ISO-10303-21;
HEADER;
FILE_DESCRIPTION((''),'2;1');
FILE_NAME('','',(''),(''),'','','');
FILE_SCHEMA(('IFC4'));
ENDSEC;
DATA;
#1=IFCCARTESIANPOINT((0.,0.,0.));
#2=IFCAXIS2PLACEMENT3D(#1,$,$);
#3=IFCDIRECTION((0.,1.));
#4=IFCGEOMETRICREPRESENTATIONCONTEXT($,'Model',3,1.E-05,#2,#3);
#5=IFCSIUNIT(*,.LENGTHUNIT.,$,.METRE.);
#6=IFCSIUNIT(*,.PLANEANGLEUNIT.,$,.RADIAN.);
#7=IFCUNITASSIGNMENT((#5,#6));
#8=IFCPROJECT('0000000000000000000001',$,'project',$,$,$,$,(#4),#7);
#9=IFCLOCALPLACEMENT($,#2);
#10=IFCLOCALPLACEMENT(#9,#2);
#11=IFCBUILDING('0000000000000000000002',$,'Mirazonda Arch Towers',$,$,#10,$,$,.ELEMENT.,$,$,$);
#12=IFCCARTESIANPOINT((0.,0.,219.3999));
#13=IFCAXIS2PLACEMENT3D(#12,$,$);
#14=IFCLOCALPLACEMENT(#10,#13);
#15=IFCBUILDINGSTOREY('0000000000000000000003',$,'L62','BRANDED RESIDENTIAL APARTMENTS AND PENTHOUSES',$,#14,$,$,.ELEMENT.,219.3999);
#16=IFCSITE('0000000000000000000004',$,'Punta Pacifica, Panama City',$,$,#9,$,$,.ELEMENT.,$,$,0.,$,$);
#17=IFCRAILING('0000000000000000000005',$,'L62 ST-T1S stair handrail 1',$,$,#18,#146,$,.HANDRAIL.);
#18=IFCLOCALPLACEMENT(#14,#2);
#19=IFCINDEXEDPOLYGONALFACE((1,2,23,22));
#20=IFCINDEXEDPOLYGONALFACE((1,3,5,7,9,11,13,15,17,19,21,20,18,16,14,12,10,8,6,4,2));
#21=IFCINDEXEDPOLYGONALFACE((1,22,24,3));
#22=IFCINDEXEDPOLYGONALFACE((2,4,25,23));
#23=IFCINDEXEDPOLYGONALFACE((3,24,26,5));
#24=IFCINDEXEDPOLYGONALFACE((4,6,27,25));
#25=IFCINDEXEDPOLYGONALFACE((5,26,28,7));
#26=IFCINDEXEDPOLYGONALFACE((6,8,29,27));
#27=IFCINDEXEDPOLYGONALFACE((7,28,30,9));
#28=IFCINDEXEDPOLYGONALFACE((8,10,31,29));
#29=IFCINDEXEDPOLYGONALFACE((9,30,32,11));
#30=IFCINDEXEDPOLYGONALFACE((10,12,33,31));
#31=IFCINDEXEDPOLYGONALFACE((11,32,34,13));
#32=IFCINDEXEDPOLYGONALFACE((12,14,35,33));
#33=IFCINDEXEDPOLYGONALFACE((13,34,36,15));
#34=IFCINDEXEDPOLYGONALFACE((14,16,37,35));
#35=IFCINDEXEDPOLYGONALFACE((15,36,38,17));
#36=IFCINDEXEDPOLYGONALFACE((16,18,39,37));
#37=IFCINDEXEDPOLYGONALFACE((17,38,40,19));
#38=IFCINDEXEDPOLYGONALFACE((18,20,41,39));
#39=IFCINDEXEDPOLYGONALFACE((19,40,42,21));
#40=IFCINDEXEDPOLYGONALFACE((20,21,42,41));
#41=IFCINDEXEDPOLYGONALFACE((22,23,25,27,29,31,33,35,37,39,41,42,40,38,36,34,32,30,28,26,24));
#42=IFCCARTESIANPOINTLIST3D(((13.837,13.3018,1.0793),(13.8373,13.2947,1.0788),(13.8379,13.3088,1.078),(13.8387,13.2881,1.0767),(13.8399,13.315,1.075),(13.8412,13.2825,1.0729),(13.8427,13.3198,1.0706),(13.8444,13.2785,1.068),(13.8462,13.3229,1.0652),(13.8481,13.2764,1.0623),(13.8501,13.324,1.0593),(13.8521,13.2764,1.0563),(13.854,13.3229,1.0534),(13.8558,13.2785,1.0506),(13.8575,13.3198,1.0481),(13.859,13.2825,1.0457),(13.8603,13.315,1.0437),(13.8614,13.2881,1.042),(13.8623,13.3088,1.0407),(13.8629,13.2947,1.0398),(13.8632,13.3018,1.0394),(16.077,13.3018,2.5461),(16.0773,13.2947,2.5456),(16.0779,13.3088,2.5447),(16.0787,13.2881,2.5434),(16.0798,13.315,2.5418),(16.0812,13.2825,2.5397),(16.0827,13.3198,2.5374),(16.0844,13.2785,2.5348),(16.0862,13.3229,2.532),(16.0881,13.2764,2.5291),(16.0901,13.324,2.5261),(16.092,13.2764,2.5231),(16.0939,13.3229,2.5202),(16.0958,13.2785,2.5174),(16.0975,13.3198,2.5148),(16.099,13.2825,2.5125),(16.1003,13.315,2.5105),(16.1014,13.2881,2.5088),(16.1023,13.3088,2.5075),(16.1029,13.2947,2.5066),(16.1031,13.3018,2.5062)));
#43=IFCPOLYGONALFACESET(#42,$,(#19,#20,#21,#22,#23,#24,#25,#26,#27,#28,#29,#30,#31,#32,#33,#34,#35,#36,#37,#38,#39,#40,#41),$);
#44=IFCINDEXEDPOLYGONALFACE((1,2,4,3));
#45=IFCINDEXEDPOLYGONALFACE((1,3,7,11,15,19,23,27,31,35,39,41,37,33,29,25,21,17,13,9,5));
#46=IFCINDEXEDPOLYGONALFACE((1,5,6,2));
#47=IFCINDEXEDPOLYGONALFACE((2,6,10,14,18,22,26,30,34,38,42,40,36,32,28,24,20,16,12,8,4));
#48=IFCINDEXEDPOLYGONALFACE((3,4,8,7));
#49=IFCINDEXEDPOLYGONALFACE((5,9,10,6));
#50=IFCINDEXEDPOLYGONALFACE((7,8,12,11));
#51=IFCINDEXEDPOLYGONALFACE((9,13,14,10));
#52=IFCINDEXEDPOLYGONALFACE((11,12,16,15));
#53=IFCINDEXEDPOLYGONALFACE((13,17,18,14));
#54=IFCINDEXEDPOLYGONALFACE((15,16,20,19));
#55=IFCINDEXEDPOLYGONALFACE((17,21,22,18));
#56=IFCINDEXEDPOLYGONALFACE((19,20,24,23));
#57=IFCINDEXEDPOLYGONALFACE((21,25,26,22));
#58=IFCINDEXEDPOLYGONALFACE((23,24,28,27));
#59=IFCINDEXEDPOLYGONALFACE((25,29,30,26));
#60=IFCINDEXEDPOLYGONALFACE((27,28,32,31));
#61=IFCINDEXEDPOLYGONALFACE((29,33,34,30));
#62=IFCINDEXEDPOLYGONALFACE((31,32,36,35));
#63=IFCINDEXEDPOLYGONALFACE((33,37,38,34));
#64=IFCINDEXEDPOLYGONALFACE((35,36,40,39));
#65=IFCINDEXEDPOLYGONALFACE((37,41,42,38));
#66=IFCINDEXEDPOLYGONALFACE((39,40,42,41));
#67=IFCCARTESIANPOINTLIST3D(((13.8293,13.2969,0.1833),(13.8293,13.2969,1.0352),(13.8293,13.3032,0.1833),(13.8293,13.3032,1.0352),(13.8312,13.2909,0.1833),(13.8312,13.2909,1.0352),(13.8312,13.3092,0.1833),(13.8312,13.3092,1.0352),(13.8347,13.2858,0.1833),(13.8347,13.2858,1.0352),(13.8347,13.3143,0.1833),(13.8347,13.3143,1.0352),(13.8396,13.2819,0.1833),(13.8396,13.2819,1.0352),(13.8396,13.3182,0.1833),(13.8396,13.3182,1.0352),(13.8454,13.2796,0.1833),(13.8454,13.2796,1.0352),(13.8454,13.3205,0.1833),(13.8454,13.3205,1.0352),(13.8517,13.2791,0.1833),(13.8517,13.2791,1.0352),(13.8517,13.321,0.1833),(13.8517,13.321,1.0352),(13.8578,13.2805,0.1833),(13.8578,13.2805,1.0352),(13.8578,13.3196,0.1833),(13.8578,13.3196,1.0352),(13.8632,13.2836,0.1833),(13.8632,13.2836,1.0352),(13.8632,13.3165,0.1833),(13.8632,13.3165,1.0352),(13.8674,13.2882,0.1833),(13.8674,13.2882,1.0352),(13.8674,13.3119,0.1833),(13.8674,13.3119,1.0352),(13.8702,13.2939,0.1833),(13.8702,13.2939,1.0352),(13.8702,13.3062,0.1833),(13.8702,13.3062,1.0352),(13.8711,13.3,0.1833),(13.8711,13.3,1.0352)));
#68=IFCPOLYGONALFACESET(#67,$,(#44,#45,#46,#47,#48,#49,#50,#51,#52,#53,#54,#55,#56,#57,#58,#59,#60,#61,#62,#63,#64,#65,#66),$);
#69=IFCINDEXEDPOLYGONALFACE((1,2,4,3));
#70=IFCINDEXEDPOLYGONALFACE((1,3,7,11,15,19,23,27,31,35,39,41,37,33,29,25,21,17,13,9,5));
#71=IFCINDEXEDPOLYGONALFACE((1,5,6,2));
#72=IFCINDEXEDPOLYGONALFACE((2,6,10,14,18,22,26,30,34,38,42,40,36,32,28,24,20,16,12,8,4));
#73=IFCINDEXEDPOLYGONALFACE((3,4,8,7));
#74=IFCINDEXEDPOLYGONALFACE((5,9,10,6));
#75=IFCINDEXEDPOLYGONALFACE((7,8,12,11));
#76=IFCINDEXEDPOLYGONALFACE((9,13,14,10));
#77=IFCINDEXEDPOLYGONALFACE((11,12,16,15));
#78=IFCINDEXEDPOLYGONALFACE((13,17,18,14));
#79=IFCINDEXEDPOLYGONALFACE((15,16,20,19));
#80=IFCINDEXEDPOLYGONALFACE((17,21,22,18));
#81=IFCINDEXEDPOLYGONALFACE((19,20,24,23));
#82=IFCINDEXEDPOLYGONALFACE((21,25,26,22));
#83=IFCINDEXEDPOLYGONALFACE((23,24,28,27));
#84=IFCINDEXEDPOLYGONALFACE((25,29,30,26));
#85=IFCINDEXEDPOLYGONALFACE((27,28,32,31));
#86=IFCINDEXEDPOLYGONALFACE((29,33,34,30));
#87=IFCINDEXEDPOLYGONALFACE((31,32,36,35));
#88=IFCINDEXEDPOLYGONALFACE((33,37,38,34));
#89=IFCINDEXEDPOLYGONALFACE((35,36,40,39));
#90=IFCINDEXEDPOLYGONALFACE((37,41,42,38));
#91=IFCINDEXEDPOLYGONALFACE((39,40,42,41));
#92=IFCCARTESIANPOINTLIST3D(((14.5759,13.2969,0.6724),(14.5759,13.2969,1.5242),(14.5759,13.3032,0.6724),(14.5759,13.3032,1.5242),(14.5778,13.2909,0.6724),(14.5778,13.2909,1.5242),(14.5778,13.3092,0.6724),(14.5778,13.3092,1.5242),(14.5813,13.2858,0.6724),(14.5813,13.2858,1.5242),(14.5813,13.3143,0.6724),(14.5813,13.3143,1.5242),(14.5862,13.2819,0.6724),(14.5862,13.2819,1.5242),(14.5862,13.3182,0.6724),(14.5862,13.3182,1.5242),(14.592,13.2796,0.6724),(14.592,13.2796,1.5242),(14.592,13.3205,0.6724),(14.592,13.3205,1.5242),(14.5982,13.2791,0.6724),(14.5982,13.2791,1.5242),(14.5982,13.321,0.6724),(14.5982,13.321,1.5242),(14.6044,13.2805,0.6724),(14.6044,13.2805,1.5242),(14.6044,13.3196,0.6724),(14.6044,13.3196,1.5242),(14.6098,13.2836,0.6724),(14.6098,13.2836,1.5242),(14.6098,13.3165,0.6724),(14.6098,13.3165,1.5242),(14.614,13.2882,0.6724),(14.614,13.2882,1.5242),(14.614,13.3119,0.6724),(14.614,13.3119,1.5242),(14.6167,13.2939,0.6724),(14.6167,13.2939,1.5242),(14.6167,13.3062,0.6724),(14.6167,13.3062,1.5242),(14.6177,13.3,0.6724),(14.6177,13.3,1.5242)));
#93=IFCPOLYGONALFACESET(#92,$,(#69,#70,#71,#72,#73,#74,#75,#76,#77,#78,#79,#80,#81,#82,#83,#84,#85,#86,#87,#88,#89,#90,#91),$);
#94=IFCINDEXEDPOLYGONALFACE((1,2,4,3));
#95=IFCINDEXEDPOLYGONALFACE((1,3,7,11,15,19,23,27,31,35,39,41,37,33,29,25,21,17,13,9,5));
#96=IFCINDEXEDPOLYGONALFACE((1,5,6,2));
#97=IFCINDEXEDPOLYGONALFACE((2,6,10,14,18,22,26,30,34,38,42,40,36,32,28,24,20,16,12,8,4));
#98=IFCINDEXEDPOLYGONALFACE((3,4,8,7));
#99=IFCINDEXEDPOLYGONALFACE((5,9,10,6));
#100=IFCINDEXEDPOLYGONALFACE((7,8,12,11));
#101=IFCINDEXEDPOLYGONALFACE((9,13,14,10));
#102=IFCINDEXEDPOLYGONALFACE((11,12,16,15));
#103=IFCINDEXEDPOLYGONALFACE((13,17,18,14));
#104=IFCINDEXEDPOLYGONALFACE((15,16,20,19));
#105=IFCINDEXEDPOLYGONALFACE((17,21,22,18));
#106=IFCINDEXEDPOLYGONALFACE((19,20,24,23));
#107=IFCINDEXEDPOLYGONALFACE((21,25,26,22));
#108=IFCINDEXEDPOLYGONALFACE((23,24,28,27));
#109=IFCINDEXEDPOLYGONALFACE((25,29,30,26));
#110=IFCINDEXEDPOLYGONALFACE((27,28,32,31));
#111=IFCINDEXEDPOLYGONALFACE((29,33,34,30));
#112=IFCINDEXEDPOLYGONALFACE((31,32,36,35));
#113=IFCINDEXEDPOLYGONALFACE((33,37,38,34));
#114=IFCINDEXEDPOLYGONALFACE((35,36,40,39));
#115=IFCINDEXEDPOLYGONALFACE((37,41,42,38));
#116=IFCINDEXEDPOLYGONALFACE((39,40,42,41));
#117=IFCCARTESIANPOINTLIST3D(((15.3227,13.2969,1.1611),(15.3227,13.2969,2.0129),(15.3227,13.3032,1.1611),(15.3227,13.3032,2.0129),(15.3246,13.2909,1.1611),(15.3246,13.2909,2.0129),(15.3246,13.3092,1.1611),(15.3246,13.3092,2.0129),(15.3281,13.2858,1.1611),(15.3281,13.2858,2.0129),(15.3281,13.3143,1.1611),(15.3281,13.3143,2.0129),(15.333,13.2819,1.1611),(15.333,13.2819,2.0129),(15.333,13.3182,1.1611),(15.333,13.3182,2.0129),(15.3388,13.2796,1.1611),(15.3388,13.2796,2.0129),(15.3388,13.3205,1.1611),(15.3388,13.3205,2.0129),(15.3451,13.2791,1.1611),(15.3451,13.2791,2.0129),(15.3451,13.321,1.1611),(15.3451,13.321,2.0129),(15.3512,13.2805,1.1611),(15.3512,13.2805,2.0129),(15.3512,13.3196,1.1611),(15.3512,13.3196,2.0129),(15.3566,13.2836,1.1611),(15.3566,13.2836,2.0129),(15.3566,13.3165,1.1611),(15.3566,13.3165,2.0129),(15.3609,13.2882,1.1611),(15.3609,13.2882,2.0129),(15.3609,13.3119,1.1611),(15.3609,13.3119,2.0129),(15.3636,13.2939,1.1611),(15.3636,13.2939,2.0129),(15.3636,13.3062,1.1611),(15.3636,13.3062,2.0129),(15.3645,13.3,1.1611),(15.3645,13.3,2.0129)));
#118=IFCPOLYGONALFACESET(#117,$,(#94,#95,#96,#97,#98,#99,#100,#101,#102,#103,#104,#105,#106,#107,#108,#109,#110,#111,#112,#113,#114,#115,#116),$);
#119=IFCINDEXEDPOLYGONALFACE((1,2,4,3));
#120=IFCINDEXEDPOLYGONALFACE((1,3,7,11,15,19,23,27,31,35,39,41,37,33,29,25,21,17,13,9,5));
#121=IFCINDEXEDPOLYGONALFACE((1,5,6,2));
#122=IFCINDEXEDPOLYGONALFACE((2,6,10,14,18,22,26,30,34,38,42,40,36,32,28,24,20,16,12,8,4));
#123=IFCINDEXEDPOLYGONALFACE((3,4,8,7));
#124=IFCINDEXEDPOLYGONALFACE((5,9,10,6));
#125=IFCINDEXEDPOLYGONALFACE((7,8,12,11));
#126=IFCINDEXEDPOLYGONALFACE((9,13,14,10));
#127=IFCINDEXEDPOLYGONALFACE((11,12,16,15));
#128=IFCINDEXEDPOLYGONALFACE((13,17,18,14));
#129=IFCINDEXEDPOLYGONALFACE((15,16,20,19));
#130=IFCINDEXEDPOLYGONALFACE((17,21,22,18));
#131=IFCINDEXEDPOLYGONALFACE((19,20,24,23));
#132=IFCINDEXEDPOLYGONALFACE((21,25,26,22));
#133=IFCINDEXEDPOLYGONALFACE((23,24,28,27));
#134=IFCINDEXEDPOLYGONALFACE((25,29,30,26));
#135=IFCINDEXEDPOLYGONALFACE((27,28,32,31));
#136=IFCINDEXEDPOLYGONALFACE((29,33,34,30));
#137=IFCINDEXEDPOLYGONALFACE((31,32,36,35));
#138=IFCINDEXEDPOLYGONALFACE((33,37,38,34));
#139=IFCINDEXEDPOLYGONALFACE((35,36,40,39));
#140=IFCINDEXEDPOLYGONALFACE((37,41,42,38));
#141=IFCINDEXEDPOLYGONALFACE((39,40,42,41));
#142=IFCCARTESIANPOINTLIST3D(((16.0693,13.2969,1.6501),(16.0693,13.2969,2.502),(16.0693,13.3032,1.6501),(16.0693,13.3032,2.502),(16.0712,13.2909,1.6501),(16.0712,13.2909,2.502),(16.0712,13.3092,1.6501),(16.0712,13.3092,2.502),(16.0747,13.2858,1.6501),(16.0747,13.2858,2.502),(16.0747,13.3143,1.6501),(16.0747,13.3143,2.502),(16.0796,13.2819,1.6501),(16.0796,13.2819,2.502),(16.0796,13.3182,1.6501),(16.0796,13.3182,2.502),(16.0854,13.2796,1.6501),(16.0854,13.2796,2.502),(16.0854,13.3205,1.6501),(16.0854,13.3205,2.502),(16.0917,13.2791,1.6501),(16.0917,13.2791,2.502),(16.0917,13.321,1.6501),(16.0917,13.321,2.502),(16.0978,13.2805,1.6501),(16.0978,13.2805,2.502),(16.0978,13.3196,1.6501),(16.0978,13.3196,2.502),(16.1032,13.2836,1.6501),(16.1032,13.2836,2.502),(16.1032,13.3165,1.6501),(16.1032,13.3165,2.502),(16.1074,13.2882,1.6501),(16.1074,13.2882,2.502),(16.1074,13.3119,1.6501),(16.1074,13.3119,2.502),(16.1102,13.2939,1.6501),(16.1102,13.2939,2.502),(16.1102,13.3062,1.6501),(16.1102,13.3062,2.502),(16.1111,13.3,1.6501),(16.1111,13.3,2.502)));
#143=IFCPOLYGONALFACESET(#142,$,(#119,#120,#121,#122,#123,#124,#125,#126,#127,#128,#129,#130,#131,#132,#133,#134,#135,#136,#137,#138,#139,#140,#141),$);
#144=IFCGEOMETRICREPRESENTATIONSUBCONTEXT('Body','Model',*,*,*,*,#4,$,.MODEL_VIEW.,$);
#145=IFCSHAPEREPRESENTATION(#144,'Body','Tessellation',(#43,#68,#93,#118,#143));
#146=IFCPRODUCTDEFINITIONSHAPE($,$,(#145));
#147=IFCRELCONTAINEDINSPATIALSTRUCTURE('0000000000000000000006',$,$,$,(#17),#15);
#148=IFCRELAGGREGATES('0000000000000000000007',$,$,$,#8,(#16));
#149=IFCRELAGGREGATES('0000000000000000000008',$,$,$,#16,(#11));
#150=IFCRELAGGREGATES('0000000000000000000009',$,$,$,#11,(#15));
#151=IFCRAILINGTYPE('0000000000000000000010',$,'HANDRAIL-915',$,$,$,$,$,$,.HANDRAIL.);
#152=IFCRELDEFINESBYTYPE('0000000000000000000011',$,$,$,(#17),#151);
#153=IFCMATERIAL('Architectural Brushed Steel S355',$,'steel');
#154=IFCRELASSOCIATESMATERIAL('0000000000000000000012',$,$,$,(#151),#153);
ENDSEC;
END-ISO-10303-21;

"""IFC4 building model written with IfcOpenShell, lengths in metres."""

from ifc_helpers import new_model, si_unit, direction, frame, origin, origin_2d, place, context, subcontext, project, spatial, circle, extrude, material, type_object, element, save


model = new_model("IFC4")

# Units and contexts
model_context = context("Model", 3, precision=1e-05, world=origin(), true_north=direction((0.0, 1.0)))
body_context = subcontext(model_context, "Body", "Model", "MODEL_VIEW")
ifc_project = project(units=[si_unit("LENGTHUNIT", "METRE"), si_unit("PLANEANGLEUNIT", "RADIAN")], contexts=[model_context])

# Site, building, storey
site_placement = place(None, origin())
site = spatial("IfcSite", under=ifc_project, at=site_placement, Name="Punta Pacifica, Panama City", CompositionType="ELEMENT", RefElevation=0.0)
building_placement = place(site_placement, origin())
building = spatial("IfcBuilding", under=site, at=building_placement, Name="Mirazonda Arch Towers", CompositionType="ELEMENT")
storey_placement = place(building_placement, frame((0.0, 0.0, 219.3999)))
storey = spatial("IfcBuildingStorey", under=building, at=storey_placement, Name="L62", Description="BRANDED RESIDENTIAL APARTMENTS AND PENTHOUSES", CompositionType="ELEMENT", Elevation=219.3999)

# Shared definitions
ifc_material_1 = material(Name="Architectural Brushed Steel S355", Category="steel")

# Railing
railing_type_1 = type_object("IfcRailingType", Name="HANDRAIL-915", PredefinedType="HANDRAIL", material=ifc_material_1)
railing_1_placement = place(storey_placement, frame((13.8501, 13.3, 0.1833)))
element("IfcRailing", 1, at=railing_1_placement, inside=storey, type_object=railing_type_1, Name="L62 ST-T1S stair handrail 1", PredefinedType="HANDRAIL", context=body_context, shape_type="SweptSolid", body=[
    extrude(circle(Radius=0.0239, at=origin_2d()), frame((0.0, 0.0, 0.876), z_axis=(0.836595, 0.0, 0.547822), x_axis=(0.0, 1.0, 0.0)), (0.0, 0.0, 1.0), 2.6775),
    extrude(circle(Radius=0.021, at=origin_2d()), origin(), (0.0, 0.0, 1.0), 0.8518),
    extrude(circle(Radius=0.021, at=origin_2d()), frame((0.7466, 0.0, 0.489)), (0.0, 0.0, 1.0), 0.8518),
    extrude(circle(Radius=0.021, at=origin_2d()), frame((1.4934, 0.0, 0.9778)), (0.0, 0.0, 1.0), 0.8518),
    extrude(circle(Radius=0.021, at=origin_2d()), frame((2.24, 0.0, 1.4668)), (0.0, 0.0, 1.0), 0.8518),
])

save(model, "model.ifc")
